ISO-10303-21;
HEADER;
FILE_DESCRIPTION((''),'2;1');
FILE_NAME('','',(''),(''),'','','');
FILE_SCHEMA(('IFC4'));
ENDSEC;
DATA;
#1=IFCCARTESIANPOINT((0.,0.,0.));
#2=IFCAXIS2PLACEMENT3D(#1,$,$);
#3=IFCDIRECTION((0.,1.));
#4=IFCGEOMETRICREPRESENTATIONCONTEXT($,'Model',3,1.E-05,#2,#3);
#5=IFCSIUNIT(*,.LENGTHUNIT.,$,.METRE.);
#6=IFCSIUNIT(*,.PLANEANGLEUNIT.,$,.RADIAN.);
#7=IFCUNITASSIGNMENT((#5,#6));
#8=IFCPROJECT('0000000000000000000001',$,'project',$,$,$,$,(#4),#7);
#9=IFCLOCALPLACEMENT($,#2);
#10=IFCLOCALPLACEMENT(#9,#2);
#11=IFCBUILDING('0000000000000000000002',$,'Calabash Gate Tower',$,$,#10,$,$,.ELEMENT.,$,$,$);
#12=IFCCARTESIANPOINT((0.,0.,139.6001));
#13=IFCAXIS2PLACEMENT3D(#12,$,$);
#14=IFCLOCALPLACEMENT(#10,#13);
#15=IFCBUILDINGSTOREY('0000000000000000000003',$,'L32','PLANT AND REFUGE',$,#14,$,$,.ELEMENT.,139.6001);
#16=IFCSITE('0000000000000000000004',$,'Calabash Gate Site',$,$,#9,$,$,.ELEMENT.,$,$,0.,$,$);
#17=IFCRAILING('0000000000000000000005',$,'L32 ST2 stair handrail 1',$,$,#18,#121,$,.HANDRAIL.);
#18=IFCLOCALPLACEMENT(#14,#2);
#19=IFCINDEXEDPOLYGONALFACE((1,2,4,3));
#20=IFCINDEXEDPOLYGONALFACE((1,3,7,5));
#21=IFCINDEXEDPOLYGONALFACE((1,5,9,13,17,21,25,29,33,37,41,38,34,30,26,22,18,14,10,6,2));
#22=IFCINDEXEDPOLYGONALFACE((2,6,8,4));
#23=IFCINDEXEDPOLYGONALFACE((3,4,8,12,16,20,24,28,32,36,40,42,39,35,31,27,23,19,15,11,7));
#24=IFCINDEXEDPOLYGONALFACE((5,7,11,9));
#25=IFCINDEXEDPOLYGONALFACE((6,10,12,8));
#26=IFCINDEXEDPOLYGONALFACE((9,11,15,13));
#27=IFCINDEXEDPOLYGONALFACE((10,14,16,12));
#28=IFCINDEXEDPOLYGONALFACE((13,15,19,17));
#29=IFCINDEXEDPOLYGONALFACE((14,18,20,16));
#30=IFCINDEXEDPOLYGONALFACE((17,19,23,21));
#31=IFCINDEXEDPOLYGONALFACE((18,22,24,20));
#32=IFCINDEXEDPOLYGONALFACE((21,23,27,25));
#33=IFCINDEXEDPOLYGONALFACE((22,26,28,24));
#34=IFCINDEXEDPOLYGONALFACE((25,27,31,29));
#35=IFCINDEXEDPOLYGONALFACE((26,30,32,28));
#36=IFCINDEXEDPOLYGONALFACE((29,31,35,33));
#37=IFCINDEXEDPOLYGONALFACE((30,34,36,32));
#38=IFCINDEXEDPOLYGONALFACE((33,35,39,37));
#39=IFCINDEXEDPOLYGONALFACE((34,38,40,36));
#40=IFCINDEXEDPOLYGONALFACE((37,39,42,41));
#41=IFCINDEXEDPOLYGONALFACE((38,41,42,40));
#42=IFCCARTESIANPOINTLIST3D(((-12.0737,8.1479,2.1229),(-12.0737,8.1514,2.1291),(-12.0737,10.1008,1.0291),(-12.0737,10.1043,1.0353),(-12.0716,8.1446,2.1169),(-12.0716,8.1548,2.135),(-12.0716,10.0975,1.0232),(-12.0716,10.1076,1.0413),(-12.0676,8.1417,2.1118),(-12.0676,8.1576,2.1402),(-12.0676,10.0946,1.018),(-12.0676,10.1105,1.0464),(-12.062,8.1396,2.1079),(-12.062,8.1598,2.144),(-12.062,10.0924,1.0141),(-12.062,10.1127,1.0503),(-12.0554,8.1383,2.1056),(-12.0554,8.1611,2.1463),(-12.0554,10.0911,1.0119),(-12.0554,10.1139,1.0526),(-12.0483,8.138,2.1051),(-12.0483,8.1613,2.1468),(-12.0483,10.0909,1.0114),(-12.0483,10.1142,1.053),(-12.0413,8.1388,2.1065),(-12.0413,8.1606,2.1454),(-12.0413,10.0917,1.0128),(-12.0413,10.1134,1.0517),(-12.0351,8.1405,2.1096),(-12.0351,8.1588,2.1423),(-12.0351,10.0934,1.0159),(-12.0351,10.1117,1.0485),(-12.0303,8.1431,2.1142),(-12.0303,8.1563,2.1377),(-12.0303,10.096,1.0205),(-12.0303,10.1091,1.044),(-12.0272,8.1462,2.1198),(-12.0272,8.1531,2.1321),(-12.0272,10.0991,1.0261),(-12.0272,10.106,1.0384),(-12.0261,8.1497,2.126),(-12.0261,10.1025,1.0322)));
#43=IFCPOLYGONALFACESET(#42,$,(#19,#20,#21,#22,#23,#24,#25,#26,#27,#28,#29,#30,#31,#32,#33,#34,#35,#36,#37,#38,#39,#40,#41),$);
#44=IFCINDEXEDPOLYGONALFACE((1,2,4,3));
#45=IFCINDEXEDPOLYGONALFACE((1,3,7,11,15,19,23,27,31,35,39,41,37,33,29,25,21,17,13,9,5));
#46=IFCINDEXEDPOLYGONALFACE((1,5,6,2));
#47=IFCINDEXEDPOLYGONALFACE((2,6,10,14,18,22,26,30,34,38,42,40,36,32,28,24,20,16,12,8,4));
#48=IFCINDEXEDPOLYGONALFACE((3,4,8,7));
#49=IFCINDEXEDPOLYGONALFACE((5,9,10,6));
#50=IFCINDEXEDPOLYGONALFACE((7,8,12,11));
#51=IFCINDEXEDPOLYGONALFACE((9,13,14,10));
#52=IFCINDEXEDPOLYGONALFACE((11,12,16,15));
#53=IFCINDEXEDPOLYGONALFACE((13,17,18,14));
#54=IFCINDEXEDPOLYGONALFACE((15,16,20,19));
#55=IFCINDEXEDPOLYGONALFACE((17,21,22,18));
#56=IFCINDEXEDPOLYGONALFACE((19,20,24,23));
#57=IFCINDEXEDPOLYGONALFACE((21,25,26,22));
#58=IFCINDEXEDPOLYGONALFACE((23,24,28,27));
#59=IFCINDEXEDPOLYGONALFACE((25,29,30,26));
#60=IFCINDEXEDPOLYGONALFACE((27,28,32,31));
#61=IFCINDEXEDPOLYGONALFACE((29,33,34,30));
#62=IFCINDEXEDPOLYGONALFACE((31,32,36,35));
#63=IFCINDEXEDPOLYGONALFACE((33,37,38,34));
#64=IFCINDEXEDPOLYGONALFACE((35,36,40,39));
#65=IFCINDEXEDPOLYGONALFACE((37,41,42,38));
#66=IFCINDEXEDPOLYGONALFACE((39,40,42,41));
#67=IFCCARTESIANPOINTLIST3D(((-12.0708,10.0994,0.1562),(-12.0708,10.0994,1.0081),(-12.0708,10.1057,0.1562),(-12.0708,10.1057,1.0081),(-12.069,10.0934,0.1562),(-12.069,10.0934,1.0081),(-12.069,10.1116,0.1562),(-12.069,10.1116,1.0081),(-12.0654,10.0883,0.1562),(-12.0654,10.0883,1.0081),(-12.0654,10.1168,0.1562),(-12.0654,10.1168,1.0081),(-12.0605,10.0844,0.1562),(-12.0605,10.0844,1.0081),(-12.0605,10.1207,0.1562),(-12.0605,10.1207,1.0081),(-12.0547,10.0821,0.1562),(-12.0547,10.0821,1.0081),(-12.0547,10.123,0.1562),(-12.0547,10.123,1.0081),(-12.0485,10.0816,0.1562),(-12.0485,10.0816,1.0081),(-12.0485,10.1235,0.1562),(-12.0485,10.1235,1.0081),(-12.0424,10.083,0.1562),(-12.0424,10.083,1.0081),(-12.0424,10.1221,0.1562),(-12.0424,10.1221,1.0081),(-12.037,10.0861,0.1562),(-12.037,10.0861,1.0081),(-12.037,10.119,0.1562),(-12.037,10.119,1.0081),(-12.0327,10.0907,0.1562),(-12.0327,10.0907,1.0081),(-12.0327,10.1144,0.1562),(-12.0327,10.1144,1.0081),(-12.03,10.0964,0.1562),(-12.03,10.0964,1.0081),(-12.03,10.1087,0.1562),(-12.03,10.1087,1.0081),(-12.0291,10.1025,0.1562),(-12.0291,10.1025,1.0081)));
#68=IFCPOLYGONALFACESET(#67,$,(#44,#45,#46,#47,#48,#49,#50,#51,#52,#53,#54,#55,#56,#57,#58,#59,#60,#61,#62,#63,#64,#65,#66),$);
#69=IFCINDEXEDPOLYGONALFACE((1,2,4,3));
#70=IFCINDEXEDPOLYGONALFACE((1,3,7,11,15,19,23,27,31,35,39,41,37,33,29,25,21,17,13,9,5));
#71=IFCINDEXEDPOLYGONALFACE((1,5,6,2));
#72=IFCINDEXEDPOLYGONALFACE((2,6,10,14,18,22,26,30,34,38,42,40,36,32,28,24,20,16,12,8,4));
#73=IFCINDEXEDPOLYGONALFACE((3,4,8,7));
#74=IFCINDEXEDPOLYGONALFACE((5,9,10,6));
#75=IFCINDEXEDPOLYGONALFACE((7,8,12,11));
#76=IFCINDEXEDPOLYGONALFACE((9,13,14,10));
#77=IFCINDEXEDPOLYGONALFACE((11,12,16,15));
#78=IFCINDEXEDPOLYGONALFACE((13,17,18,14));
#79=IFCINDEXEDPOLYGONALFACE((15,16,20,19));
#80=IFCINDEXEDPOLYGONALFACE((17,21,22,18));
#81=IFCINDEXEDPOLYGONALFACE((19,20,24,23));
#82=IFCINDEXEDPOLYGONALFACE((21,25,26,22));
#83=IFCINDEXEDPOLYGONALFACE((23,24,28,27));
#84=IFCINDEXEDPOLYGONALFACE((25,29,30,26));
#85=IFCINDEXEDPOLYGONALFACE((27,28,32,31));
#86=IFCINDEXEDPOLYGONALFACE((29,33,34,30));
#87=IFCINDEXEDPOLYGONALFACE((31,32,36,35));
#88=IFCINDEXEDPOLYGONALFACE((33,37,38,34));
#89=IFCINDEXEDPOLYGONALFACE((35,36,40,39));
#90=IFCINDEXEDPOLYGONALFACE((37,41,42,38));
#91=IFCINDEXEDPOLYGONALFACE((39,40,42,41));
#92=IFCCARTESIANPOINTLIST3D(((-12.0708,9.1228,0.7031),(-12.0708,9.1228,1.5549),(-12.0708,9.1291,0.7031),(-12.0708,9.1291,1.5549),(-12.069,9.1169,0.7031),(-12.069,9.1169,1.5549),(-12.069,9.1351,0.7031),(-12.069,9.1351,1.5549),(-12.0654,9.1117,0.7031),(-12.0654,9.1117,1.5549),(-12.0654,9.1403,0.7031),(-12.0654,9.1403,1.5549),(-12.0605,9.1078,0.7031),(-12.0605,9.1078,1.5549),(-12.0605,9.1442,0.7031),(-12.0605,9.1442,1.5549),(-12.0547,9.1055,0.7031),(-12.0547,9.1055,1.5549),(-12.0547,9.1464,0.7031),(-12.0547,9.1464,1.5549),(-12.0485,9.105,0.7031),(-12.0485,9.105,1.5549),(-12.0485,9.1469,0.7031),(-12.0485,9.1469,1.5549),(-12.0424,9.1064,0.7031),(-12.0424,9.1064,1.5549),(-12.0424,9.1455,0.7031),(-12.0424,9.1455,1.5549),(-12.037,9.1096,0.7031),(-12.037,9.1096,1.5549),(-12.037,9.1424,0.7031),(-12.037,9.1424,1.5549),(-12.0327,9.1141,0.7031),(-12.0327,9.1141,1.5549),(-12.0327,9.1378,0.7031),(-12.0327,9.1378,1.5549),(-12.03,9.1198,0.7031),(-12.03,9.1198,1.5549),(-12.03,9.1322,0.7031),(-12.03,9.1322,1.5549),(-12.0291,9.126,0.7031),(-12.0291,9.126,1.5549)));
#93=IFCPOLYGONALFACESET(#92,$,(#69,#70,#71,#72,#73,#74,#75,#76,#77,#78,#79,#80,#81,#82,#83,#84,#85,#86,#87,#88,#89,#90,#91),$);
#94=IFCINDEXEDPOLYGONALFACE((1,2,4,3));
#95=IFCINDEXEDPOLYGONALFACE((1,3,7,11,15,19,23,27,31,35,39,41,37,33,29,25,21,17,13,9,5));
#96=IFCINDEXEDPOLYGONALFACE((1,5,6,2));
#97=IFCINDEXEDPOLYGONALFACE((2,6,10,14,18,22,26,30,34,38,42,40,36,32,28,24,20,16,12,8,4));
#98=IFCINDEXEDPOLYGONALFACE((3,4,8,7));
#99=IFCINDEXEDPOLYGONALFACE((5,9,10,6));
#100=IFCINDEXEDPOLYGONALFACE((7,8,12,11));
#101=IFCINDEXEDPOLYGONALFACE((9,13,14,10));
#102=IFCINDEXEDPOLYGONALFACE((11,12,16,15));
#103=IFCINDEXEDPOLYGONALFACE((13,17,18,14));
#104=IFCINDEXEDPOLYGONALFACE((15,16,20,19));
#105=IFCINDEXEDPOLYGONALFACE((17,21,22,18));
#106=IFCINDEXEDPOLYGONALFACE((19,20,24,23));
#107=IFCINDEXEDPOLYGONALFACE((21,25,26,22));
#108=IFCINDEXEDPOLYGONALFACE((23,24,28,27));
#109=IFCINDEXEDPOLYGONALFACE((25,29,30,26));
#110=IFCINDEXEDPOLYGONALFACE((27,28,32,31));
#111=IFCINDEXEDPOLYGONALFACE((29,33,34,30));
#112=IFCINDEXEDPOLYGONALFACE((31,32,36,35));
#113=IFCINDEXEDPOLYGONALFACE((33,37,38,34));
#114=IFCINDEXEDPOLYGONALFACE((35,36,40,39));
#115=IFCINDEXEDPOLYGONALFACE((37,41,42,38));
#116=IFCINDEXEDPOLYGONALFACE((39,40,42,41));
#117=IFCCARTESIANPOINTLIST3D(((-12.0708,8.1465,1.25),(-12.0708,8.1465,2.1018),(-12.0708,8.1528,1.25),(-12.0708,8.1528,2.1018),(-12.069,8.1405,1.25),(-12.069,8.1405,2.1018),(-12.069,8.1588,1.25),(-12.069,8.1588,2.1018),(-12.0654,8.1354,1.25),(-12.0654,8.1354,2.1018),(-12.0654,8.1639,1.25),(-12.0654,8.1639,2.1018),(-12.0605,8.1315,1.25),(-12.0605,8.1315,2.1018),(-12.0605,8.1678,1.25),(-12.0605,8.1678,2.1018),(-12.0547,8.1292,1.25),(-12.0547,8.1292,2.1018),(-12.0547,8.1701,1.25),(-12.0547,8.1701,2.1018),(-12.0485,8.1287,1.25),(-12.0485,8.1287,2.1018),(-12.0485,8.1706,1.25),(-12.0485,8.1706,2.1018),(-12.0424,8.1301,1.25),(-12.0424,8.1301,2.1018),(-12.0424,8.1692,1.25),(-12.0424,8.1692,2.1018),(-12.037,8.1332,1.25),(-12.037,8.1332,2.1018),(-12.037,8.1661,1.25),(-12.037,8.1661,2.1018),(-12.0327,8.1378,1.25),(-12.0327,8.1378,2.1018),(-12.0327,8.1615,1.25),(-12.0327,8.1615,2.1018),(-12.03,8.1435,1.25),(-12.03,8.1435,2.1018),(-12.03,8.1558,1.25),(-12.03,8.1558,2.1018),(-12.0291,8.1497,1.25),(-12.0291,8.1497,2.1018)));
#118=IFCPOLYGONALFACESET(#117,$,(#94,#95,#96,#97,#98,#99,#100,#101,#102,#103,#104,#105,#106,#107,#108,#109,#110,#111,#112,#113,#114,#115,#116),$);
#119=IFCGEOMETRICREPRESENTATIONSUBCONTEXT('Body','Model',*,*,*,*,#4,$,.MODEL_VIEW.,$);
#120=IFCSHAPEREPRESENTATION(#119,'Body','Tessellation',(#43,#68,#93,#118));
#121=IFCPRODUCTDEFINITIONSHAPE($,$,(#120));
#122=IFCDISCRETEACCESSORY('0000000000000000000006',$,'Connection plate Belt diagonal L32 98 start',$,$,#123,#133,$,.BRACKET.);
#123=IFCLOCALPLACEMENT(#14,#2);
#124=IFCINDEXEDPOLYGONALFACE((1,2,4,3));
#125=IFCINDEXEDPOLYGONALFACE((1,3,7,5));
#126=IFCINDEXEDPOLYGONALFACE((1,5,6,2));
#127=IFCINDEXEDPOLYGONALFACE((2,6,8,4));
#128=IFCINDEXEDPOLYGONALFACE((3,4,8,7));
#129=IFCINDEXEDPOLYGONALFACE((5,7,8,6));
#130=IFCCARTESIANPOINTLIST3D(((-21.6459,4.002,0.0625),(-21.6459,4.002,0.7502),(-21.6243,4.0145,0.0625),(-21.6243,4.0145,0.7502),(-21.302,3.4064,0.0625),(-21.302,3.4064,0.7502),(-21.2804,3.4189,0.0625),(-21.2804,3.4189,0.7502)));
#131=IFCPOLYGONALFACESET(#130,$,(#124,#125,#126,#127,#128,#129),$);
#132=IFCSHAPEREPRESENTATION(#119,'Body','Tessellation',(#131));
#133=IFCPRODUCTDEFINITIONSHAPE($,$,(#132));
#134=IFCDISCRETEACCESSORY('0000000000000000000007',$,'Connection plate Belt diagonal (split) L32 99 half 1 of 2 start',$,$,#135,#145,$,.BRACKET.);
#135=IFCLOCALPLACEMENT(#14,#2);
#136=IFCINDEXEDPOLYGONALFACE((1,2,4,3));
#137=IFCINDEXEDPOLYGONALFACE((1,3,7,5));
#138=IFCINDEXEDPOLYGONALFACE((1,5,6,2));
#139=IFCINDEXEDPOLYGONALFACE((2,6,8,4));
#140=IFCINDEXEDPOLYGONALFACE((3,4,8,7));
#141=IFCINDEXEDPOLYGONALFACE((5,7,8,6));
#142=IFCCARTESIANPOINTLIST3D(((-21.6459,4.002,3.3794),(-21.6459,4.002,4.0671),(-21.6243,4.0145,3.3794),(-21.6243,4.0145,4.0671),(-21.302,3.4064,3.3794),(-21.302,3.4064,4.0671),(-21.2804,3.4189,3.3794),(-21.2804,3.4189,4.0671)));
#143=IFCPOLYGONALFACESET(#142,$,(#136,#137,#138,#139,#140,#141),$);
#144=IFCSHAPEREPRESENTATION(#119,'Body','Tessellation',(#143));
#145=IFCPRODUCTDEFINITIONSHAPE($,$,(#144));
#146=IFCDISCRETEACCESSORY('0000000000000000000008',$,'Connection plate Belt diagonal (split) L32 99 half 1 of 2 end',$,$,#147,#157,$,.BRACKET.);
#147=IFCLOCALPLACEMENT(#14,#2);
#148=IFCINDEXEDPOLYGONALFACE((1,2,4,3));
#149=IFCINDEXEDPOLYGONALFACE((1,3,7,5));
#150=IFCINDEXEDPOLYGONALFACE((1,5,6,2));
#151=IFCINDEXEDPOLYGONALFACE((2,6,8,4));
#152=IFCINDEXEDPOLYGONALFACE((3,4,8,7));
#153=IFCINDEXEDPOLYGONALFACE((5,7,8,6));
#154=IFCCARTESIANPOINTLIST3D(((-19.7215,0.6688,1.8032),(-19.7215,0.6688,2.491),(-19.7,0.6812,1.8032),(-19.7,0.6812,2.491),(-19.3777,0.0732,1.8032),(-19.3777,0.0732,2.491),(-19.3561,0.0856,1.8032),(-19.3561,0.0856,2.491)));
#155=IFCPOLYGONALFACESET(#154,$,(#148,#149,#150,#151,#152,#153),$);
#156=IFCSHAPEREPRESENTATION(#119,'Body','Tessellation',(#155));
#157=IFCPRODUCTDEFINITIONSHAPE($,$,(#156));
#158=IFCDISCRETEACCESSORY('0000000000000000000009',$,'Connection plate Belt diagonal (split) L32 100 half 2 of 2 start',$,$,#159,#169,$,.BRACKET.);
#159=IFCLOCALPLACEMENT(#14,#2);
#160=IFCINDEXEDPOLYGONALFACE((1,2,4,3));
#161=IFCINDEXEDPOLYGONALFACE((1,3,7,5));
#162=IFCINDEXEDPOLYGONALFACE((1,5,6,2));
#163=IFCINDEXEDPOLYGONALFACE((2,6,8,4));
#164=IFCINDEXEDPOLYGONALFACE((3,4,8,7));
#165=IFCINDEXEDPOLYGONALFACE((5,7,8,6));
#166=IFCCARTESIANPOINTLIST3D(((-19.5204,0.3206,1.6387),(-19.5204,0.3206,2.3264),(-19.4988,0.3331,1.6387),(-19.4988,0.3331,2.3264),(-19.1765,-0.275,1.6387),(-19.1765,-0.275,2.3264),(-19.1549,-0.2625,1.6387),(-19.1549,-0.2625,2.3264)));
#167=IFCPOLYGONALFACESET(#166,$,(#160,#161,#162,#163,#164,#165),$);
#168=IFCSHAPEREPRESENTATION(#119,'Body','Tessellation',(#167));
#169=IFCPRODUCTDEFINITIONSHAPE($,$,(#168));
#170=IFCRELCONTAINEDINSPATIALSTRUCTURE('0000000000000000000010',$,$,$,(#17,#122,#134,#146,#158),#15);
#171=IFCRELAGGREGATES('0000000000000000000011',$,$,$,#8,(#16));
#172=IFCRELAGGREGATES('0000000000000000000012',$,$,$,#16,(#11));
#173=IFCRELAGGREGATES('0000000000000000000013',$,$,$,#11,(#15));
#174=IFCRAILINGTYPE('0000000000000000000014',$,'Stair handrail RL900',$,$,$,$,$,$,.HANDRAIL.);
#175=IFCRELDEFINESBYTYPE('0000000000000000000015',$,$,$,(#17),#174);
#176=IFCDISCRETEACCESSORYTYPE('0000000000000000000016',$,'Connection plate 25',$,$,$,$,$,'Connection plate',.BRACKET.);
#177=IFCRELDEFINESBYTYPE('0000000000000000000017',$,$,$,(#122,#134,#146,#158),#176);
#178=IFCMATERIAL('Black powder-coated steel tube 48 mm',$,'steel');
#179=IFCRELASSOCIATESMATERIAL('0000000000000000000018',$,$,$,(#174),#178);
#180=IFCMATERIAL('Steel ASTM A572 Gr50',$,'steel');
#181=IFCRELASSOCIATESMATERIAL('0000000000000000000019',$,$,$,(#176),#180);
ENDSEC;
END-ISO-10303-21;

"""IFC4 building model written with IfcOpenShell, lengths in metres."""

from ifc_helpers import new_model, si_unit, direction, frame, origin, origin_2d, place, context, subcontext, project, spatial, rectangle, circle, extrude, material, type_object, element, save


model = new_model("IFC4")

# Units and contexts
model_context = context("Model", 3, precision=1e-05, world=origin(), true_north=direction((0.0, 1.0)))
body_context = subcontext(model_context, "Body", "Model", "MODEL_VIEW")
ifc_project = project(units=[si_unit("LENGTHUNIT", "METRE"), si_unit("PLANEANGLEUNIT", "RADIAN")], contexts=[model_context])

# Site, building, storey
site_placement = place(None, origin())
site = spatial("IfcSite", under=ifc_project, at=site_placement, Name="Calabash Gate Site", CompositionType="ELEMENT", RefElevation=0.0)
building_placement = place(site_placement, origin())
building = spatial("IfcBuilding", under=site, at=building_placement, Name="Calabash Gate Tower", CompositionType="ELEMENT")
storey_placement = place(building_placement, frame((0.0, 0.0, 139.6001)))
storey = spatial("IfcBuildingStorey", under=building, at=storey_placement, Name="L32", Description="PLANT AND REFUGE", CompositionType="ELEMENT", Elevation=139.6001)

# Railing
ifc_material_1 = material(Name="Black powder-coated steel tube 48 mm", Category="steel")
railing_type = type_object("IfcRailingType", Name="Stair handrail RL900", PredefinedType="HANDRAIL", material=ifc_material_1)
railing_placement = place(storey_placement, frame((-12.05, 10.1025, 0.1562)))
element("IfcRailing", 1, at=railing_placement, inside=storey, type_object=railing_type, Name="L32 ST2 stair handrail 1", PredefinedType="HANDRAIL", context=body_context, shape_type="SweptSolid", body=[
    extrude(circle(Radius=0.0239, at=origin_2d()), frame((0.0, 0.0, 0.876), z_axis=(0.0, -0.87248, 0.48865), x_axis=(1.0, 0.0, 0.0)), (0.0, 0.0, 1.0), 2.2383),
    extrude(circle(Radius=0.021, at=origin_2d()), origin(), (0.0, 0.0, 1.0), 0.8518),
    extrude(circle(Radius=0.021, at=origin_2d()), frame((0.0, -0.9766, 0.5469)), (0.0, 0.0, 1.0), 0.8518),
    extrude(circle(Radius=0.021, at=origin_2d()), frame((0.0, -1.9529, 1.0938)), (0.0, 0.0, 1.0), 0.8518),
])

# Discrete accessories
ifc_material_2 = material(Name="Steel ASTM A572 Gr50", Category="steel")
discrete_accessory_type = type_object("IfcDiscreteAccessoryType", Name="Connection plate 25", ElementType="Connection plate", PredefinedType="BRACKET", material=ifc_material_2)
for number, where, z_axis, x_axis, name in (
    (2, (-21.4631, 3.7104, 0.0625), (0.0, 0.0, 1.0), (0.5, -0.866025, 0.0), "Connection plate Belt diagonal L32 98 start"),
    (3, (-21.4631, 3.7104, 3.3794), (0.0, 0.0, 1.0), (0.5, -0.866025, 0.0), "Connection plate Belt diagonal (split) L32 99 half 1 of 2 start"),
    (4, (-19.5388, 0.3772, 1.8032), (0.0, 0.0, 1.0), (0.5, -0.866025, 0.0), "Connection plate Belt diagonal (split) L32 99 half 1 of 2 end"),
    (5, (-19.3376, 0.0291, 1.6387), (0.0, 0.0, 1.0), (0.5, -0.866025, 0.0), "Connection plate Belt diagonal (split) L32 100 half 2 of 2 start"),
):
    element("IfcDiscreteAccessory", number, at=place(storey_placement, frame(where, z_axis=z_axis, x_axis=x_axis)), inside=storey, type_object=discrete_accessory_type, Name=name, PredefinedType="BRACKET", context=body_context, shape_type="SweptSolid", body=[
        extrude(rectangle(XDim=0.6877, YDim=0.0249, at=origin_2d()), origin(), (0.0, 0.0, 1.0), 0.6877),
    ])

save(model, "model.ifc")
